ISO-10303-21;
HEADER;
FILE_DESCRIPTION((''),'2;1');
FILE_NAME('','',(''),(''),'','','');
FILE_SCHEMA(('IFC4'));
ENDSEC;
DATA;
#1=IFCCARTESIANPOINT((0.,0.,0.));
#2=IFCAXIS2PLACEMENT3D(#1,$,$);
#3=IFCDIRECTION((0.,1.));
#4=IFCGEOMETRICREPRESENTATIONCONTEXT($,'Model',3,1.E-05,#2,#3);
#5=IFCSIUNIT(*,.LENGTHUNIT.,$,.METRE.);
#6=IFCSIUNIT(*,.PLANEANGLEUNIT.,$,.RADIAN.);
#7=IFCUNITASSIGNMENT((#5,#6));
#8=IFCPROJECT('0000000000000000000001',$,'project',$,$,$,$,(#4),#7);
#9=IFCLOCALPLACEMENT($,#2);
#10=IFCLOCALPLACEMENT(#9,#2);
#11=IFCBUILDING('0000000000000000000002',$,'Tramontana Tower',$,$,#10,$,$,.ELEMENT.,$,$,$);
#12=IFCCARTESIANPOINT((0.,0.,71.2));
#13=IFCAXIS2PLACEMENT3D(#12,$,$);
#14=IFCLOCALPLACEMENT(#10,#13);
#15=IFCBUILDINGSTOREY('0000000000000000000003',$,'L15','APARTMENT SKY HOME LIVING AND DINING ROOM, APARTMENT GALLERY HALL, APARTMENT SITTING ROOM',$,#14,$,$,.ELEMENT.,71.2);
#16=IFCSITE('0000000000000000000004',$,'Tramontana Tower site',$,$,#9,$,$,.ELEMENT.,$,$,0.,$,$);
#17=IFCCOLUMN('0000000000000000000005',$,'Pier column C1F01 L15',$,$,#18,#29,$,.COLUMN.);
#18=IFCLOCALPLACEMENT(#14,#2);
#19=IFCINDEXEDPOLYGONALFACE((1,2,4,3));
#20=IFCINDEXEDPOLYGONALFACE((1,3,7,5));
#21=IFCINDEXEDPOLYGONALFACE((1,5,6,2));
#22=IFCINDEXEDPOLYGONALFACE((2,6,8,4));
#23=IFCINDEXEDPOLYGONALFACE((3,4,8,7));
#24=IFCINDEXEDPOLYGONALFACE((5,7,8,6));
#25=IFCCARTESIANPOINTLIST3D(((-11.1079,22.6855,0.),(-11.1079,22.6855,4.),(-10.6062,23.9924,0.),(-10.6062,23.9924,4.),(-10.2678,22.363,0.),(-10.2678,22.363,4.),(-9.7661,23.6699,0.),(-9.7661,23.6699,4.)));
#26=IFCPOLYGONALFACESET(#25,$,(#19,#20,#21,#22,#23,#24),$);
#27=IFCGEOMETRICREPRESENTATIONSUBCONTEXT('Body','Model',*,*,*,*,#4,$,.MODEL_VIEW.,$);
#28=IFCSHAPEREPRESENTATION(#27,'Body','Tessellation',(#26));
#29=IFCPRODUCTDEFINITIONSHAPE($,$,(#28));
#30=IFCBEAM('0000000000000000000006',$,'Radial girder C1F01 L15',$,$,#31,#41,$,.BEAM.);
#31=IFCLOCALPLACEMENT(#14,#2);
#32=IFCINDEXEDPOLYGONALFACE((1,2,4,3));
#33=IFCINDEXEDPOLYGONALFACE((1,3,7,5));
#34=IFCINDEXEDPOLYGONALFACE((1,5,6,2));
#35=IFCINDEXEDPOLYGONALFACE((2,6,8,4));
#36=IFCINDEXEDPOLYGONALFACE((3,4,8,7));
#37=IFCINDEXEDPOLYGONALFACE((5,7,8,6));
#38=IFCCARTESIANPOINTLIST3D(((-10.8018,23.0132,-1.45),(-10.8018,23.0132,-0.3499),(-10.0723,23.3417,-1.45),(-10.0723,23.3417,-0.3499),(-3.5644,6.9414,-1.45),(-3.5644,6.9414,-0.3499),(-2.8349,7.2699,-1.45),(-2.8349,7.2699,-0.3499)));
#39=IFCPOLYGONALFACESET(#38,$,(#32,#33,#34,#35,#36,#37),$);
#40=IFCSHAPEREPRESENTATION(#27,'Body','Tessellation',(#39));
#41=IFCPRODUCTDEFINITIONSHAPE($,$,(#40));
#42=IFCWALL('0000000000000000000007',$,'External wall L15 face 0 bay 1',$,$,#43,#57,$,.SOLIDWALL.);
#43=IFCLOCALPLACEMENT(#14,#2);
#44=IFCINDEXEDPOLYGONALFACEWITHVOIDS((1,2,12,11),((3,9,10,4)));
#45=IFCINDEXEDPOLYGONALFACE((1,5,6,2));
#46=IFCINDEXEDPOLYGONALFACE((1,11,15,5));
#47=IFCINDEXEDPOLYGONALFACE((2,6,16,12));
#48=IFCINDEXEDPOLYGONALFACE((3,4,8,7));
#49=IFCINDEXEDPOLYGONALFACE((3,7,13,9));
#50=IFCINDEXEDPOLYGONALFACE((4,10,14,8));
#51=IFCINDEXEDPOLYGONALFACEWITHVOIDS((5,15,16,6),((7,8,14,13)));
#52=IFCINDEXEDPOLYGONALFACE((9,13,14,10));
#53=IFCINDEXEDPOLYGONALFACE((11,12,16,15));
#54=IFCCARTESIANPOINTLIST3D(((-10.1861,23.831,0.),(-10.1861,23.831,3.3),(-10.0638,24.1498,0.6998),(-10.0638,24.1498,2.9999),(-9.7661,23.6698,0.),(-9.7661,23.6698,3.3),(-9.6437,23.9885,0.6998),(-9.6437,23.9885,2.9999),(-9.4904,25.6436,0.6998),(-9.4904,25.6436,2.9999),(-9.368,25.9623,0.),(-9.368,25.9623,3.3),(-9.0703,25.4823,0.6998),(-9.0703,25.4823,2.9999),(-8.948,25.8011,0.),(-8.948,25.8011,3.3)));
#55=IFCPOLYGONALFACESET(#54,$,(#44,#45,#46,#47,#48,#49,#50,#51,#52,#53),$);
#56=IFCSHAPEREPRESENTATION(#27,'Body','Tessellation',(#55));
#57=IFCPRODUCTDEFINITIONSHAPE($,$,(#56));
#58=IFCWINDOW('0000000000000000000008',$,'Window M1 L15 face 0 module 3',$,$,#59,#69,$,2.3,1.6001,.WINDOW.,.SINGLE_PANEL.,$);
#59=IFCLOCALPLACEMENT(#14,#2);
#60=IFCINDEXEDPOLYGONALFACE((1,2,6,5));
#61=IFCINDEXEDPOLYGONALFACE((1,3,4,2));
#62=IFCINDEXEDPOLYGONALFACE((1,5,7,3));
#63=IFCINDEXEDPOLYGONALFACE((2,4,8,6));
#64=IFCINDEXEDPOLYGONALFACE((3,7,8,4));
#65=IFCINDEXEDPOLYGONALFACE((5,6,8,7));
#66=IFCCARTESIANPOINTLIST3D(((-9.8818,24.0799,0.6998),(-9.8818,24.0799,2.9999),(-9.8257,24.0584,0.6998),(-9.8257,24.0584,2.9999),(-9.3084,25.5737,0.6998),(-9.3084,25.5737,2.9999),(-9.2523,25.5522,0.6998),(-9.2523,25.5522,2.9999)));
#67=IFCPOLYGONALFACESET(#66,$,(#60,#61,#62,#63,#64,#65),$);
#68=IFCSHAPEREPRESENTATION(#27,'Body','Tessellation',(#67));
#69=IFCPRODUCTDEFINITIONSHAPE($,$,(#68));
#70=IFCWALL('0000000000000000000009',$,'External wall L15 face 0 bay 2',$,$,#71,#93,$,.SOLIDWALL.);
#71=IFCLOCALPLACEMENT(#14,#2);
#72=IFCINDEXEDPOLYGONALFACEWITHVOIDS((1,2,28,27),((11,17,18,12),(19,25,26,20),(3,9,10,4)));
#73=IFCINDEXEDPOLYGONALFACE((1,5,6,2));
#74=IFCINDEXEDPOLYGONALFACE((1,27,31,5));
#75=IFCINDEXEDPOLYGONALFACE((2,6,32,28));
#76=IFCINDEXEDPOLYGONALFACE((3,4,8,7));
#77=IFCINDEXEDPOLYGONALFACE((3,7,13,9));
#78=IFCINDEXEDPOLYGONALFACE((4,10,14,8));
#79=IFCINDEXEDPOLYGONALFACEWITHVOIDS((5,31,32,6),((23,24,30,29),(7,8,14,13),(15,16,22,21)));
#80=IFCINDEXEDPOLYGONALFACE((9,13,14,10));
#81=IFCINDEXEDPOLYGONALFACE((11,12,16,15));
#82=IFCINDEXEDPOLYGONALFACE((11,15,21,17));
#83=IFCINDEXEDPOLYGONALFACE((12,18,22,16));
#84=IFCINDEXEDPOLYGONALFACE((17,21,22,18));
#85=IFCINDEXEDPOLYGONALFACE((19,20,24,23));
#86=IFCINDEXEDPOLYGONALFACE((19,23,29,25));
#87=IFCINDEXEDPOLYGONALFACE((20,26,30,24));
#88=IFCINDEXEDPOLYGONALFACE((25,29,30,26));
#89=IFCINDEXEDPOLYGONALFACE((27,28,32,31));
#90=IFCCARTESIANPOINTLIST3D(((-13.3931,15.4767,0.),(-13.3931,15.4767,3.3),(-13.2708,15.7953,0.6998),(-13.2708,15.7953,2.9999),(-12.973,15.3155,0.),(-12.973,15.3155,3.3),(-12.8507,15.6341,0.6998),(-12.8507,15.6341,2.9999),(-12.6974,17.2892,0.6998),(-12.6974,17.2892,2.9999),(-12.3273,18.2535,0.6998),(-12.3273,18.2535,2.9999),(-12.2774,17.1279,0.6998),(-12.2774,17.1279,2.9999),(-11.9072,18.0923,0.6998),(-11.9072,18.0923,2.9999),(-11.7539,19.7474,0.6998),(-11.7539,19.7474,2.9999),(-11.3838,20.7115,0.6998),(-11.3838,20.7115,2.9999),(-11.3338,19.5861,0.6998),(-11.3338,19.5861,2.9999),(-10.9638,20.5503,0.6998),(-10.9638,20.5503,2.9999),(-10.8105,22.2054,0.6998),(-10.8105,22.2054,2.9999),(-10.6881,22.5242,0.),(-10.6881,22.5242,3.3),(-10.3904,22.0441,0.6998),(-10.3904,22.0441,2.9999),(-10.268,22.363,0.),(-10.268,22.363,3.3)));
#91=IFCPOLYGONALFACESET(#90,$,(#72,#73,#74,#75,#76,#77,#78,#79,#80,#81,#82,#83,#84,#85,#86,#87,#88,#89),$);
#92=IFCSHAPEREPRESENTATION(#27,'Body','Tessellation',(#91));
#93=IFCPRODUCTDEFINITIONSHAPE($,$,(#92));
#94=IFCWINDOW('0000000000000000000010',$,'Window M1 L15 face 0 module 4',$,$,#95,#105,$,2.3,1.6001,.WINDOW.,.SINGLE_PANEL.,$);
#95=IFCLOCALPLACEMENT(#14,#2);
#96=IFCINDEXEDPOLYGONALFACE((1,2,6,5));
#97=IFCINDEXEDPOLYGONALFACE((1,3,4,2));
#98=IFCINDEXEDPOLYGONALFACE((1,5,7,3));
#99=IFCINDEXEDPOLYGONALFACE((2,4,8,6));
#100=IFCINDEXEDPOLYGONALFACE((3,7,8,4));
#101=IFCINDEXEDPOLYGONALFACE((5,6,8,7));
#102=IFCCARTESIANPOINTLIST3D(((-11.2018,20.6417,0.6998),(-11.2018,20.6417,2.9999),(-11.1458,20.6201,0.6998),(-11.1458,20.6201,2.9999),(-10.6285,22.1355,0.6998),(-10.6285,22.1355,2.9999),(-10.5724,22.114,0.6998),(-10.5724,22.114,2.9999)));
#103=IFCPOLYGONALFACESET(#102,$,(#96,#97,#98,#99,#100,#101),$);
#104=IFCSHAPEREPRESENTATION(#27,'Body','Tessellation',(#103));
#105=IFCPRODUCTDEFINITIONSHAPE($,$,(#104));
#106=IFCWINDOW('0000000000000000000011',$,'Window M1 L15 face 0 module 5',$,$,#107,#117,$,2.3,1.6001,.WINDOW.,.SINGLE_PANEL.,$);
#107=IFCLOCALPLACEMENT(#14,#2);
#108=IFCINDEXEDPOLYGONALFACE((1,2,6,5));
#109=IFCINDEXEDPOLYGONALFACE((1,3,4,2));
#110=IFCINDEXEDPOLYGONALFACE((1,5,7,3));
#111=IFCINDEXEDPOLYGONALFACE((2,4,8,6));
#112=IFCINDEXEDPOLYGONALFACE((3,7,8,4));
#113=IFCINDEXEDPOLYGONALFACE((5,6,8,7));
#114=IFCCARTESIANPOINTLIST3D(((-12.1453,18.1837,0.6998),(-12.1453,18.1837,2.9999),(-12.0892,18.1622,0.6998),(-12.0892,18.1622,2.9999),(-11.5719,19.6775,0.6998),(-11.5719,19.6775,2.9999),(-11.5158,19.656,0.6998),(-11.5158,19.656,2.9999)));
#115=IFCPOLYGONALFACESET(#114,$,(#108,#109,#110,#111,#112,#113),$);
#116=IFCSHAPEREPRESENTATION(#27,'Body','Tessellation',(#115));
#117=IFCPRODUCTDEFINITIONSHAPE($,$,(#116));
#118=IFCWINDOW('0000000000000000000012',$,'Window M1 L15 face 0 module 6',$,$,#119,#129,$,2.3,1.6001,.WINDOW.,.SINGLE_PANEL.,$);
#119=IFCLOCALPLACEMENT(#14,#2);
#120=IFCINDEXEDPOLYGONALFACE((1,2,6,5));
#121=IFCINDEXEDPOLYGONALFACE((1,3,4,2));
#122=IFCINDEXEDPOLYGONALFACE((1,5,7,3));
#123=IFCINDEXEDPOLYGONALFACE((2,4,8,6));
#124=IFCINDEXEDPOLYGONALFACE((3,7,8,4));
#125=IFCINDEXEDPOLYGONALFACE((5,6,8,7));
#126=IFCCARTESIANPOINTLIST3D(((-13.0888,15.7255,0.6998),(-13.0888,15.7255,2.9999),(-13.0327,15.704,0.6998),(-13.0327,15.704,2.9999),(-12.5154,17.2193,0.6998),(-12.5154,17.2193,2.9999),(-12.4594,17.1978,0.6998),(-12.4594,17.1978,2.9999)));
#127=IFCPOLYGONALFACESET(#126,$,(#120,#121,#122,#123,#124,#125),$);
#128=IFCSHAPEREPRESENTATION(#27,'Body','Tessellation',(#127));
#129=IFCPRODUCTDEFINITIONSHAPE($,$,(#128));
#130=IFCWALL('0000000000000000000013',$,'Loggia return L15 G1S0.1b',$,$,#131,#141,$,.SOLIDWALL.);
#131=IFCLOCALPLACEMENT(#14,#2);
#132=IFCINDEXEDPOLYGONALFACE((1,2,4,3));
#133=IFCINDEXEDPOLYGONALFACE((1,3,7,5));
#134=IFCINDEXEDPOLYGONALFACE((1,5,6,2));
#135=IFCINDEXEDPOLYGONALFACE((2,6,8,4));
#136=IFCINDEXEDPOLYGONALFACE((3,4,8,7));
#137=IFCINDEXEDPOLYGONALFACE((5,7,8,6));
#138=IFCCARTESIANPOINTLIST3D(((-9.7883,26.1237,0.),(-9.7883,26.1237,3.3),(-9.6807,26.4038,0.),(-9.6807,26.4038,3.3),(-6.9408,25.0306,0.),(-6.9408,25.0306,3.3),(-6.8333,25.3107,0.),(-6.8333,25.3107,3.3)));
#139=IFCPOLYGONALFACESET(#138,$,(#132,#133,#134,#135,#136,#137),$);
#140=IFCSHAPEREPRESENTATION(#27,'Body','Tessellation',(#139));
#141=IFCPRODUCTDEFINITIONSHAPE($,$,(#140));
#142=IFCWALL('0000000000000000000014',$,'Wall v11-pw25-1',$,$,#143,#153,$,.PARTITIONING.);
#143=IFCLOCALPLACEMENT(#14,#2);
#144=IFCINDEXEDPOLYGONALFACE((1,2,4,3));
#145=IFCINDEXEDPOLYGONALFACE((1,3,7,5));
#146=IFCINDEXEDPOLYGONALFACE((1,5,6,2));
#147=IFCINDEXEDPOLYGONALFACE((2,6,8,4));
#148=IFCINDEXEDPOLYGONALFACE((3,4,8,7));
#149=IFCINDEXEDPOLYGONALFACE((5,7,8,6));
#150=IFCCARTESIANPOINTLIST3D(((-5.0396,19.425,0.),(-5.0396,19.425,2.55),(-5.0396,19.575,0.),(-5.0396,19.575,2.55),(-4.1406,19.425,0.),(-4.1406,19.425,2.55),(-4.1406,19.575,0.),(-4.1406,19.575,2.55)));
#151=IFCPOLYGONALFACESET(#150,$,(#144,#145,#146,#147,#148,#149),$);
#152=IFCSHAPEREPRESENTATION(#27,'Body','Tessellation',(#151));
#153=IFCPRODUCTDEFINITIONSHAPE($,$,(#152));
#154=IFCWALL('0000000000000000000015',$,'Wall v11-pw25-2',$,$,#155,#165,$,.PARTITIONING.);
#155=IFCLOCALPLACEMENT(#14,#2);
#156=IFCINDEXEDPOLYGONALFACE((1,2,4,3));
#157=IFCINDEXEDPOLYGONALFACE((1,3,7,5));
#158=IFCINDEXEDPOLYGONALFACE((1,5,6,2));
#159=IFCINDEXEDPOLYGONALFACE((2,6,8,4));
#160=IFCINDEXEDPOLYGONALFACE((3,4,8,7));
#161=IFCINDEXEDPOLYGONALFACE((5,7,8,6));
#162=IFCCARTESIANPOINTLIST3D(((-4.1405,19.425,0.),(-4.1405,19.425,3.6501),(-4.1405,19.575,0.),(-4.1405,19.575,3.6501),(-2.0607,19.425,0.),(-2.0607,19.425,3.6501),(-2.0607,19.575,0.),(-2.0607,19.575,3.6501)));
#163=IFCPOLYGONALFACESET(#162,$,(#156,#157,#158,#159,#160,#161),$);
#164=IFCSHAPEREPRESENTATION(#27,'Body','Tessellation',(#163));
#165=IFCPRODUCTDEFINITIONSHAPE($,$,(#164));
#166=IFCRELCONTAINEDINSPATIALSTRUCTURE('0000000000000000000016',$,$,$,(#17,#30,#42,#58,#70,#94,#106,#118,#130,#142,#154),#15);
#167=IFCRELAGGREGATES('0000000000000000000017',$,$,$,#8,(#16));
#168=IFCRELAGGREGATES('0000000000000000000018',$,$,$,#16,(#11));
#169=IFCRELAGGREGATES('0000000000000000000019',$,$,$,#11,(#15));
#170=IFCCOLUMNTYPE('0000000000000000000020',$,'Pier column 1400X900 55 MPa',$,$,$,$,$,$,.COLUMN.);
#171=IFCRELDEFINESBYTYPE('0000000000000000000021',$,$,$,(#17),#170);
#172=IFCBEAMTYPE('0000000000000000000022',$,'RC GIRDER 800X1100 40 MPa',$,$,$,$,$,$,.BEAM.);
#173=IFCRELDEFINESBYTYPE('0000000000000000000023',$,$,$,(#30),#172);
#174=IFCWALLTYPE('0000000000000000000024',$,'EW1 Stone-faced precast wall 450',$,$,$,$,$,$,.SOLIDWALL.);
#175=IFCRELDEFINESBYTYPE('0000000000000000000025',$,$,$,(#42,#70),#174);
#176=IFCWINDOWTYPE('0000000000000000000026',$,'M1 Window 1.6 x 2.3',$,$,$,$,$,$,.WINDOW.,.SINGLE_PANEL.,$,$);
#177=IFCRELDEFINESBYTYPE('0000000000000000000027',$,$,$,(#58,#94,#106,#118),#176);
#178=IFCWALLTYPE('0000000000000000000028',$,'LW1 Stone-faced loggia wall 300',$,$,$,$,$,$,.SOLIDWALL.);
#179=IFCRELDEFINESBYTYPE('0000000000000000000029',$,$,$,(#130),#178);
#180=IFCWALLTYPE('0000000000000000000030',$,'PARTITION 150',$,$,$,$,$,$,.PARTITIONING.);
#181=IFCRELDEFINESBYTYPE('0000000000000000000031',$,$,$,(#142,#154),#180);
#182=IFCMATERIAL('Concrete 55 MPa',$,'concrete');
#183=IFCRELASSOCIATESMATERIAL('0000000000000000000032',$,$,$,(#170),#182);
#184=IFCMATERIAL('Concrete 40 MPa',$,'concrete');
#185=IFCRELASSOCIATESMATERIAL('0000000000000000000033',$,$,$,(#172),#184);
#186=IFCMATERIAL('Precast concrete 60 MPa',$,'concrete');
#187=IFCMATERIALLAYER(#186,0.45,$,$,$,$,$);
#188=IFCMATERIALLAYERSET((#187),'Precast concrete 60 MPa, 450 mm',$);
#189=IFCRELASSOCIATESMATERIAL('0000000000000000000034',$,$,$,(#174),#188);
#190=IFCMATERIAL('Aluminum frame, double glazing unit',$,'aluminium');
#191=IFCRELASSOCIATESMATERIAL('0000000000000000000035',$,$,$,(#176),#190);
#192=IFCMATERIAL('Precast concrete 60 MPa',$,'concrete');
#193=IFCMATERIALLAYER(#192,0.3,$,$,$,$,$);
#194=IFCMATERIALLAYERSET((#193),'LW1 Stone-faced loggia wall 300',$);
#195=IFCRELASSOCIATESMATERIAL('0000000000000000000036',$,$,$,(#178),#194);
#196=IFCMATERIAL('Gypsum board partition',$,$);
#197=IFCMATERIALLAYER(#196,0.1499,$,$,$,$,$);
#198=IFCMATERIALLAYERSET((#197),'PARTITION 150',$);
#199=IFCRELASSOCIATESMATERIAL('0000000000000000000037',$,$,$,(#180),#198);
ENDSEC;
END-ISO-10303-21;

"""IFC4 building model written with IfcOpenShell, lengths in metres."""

from ifc_helpers import new_model, si_unit, direction, frame, frame_2d, origin, origin_2d, place, context, subcontext, project, spatial, rectangle, extrude, material, layer, layer_set, material_profile, profile_set, type_object, element, fill, save


model = new_model("IFC4")

# Units and contexts
model_context = context("Model", 3, precision=1e-05, world=origin(), true_north=direction((0.0, 1.0)))
body_context = subcontext(model_context, "Body", "Model", "MODEL_VIEW")
ifc_project = project(units=[si_unit("LENGTHUNIT", "METRE"), si_unit("PLANEANGLEUNIT", "RADIAN")], contexts=[model_context])

# Site, building, storey
site_placement = place(None, origin())
site = spatial("IfcSite", under=ifc_project, at=site_placement, Name="Tramontana Tower site", CompositionType="ELEMENT", RefElevation=0.0)
building_placement = place(site_placement, origin())
building = spatial("IfcBuilding", under=site, at=building_placement, Name="Tramontana Tower", CompositionType="ELEMENT")
storey_placement = place(building_placement, frame((0.0, 0.0, 71.2)))
storey = spatial("IfcBuildingStorey", under=building, at=storey_placement, Name="L15", Description="APARTMENT SKY HOME LIVING AND DINING ROOM, APARTMENT GALLERY HALL, APARTMENT SITTING ROOM", CompositionType="ELEMENT", Elevation=71.2)

# Column
ifc_material_1 = material(Name="Concrete 55 MPa", Category="concrete")
ifc_material_profile_1 = material_profile(ifc_material_1, rectangle(XDim=1.3999, YDim=0.8999, at=origin_2d()), Name="Pier column 1400X900 55 MPa")
ifc_profile_set_1 = profile_set([ifc_material_profile_1], Name="Concrete 55 MPa")
column_type = type_object("IfcColumnType", Name="Pier column 1400X900 55 MPa", PredefinedType="COLUMN", material=ifc_profile_set_1)
column_placement = place(storey_placement, frame((-10.437, 23.1777, 0.0), z_axis=(0.0, 0.0, 1.0), x_axis=(-0.358368, -0.93358, 0.0)))
element("IfcColumn", 1, at=column_placement, inside=storey, type_object=column_type, Name="Pier column C1F01 L15", PredefinedType="COLUMN", context=body_context, shape_type="SweptSolid", body=[
    extrude(rectangle(XDim=1.3999, YDim=0.8999, at=origin_2d()), origin(), (0.0, 0.0, 1.0), 4.0),
])

# Beam
ifc_material_2 = material(Name="Concrete 40 MPa", Category="concrete")
ifc_material_profile_2 = material_profile(ifc_material_2, rectangle(XDim=0.8, YDim=1.1001, at=origin_2d()), Name="RC GIRDER 800X1100 40 MPa")
ifc_profile_set_2 = profile_set([ifc_material_profile_2], Name="Concrete 40 MPa")
beam_type = type_object("IfcBeamType", Name="RC GIRDER 800X1100 40 MPa", PredefinedType="BEAM", material=ifc_profile_set_2)
beam_placement = place(storey_placement, frame((-10.437, 23.1775, -0.8999), z_axis=(0.410601, -0.911815, 0.0), x_axis=(0.911815, 0.410601, 0.0)))
element("IfcBeam", 2, at=beam_placement, inside=storey, type_object=beam_type, Name="Radial girder C1F01 L15", PredefinedType="BEAM", context=body_context, shape_type="SweptSolid", body=[
    extrude(rectangle(XDim=0.8, YDim=1.1001, at=origin_2d()), origin(), (0.0, 0.0, 1.0), 17.6262),
])

# Wall, opening, window
ifc_material_3 = material(Name="Precast concrete 60 MPa", Category="concrete")
ifc_layer_1 = layer(ifc_material_3, 0.45)
ifc_layer_set_1 = layer_set([ifc_layer_1], Name="Precast concrete 60 MPa, 450 mm")
wall_type_1 = type_object("IfcWallType", Name="EW1 Stone-faced precast wall 450", PredefinedType="SOLIDWALL", material=ifc_layer_set_1)
wall_1_placement = place(storey_placement, frame((-9.158, 25.8818, 0.0), z_axis=(0.0, 0.0, 1.0), x_axis=(-0.358356, -0.933585, 0.0)))
wall_1 = element("IfcWall", 3, at=wall_1_placement, inside=storey, type_object=wall_type_1, Name="External wall L15 face 0 bay 1", PredefinedType="SOLIDWALL", context=body_context, shape_type="SweptSolid", body=[
    extrude(rectangle(XDim=2.283, YDim=0.45, at=frame_2d((1.1416, 0.0))), origin(), (0.0, 0.0, 1.0), 3.3),
])
opening_1_placement = place(wall_1_placement, frame((0.3416, 0.0, 0.7)))
opening_1 = element("IfcOpeningElement", 4, at=opening_1_placement, cuts=wall_1, PredefinedType="OPENING", context=body_context, shape_type="SweptSolid", body=[
    extrude(rectangle(XDim=1.6001, YDim=2.3, at=frame_2d((0.8, 1.1499))), frame((0.0, 0.2349, 0.0), z_axis=(0.0, -1.0, 0.0), x_axis=(1.0, 0.0, 0.0)), (0.0, 0.0, 1.0), 0.47),
])
ifc_material_4 = material(Name="Aluminum frame, double glazing unit", Category="aluminium")
window_type = type_object("IfcWindowType", Name="M1 Window 1.6 x 2.3", PartitioningType="SINGLE_PANEL", PredefinedType="WINDOW", material=ifc_material_4)
window_1_placement = place(opening_1_placement, origin())
window_1 = element("IfcWindow", 5, at=window_1_placement, inside=storey, type_object=window_type, Name="Window M1 L15 face 0 module 3", OverallHeight=2.3, OverallWidth=1.6001, PartitioningType="SINGLE_PANEL", PredefinedType="WINDOW", context=body_context, shape_type="SweptSolid", body=[
    extrude(rectangle(XDim=1.6001, YDim=2.3, at=frame_2d((0.8, 1.1499))), frame((0.0, 0.03, 0.0), z_axis=(0.0, -1.0, 0.0), x_axis=(1.0, 0.0, 0.0)), (0.0, 0.0, 1.0), 0.0601),
])
fill(opening_1, window_1)

# Wall, openings, windows
wall_2_placement = place(storey_placement, frame((-10.478, 22.4436, 0.0), z_axis=(0.0, 0.0, 1.0), x_axis=(-0.35834, -0.933591, 0.0)))
wall_2 = element("IfcWall", 6, at=wall_2_placement, inside=storey, type_object=wall_type_1, Name="External wall L15 face 0 bay 2", PredefinedType="SOLIDWALL", context=body_context, shape_type="SweptSolid", body=[
    extrude(rectangle(XDim=7.5488, YDim=0.45, at=frame_2d((3.7744, 0.0))), origin(), (0.0, 0.0, 1.0), 3.3),
])
opening_2_placement = place(wall_2_placement, frame((0.3416, 0.0, 0.7)))
opening_2 = element("IfcOpeningElement", 7, at=opening_2_placement, cuts=wall_2, PredefinedType="OPENING", context=body_context, shape_type="SweptSolid", body=[
    extrude(rectangle(XDim=1.6001, YDim=2.3, at=frame_2d((0.8, 1.1499))), frame((0.0, 0.2349, 0.0), z_axis=(0.0, -1.0, 0.0), x_axis=(1.0, 0.0, 0.0)), (0.0, 0.0, 1.0), 0.47),
])
opening_3_placement = place(wall_2_placement, frame((2.9744, 0.0, 0.7)))
opening_3 = element("IfcOpeningElement", 8, at=opening_3_placement, cuts=wall_2, PredefinedType="OPENING", context=body_context, shape_type="SweptSolid", body=[
    extrude(rectangle(XDim=1.6001, YDim=2.3, at=frame_2d((0.8, 1.1499))), frame((0.0, 0.2349, 0.0), z_axis=(0.0, -1.0, 0.0), x_axis=(1.0, 0.0, 0.0)), (0.0, 0.0, 1.0), 0.47),
])
opening_4_placement = place(wall_2_placement, frame((5.6074, 0.0, 0.7)))
opening_4 = element("IfcOpeningElement", 9, at=opening_4_placement, cuts=wall_2, PredefinedType="OPENING", context=body_context, shape_type="SweptSolid", body=[
    extrude(rectangle(XDim=1.6001, YDim=2.3, at=frame_2d((0.8, 1.1499))), frame((0.0, 0.2349, 0.0), z_axis=(0.0, -1.0, 0.0), x_axis=(1.0, 0.0, 0.0)), (0.0, 0.0, 1.0), 0.47),
])
window_2_placement = place(opening_2_placement, origin())
window_2 = element("IfcWindow", 10, at=window_2_placement, inside=storey, type_object=window_type, Name="Window M1 L15 face 0 module 4", OverallHeight=2.3, OverallWidth=1.6001, PartitioningType="SINGLE_PANEL", PredefinedType="WINDOW", context=body_context, shape_type="SweptSolid", body=[
    extrude(rectangle(XDim=1.6001, YDim=2.3, at=frame_2d((0.8, 1.1499))), frame((0.0, 0.03, 0.0), z_axis=(0.0, -1.0, 0.0), x_axis=(1.0, 0.0, 0.0)), (0.0, 0.0, 1.0), 0.0601),
])
fill(opening_2, window_2)
window_3_placement = place(opening_3_placement, origin())
window_3 = element("IfcWindow", 11, at=window_3_placement, inside=storey, type_object=window_type, Name="Window M1 L15 face 0 module 5", OverallHeight=2.3, OverallWidth=1.6001, PartitioningType="SINGLE_PANEL", PredefinedType="WINDOW", context=body_context, shape_type="SweptSolid", body=[
    extrude(rectangle(XDim=1.6001, YDim=2.3, at=frame_2d((0.8, 1.1499))), frame((0.0, 0.03, 0.0), z_axis=(0.0, -1.0, 0.0), x_axis=(1.0, 0.0, 0.0)), (0.0, 0.0, 1.0), 0.0601),
])
fill(opening_3, window_3)
window_4_placement = place(opening_4_placement, origin())
window_4 = element("IfcWindow", 12, at=window_4_placement, inside=storey, type_object=window_type, Name="Window M1 L15 face 0 module 6", OverallHeight=2.3, OverallWidth=1.6001, PartitioningType="SINGLE_PANEL", PredefinedType="WINDOW", context=body_context, shape_type="SweptSolid", body=[
    extrude(rectangle(XDim=1.6001, YDim=2.3, at=frame_2d((0.8, 1.1499))), frame((0.0, 0.03, 0.0), z_axis=(0.0, -1.0, 0.0), x_axis=(1.0, 0.0, 0.0)), (0.0, 0.0, 1.0), 0.0601),
])
fill(opening_4, window_4)

# Shared definitions
ifc_material_5 = material(Name="Precast concrete 60 MPa", Category="concrete")
ifc_layer_2 = layer(ifc_material_5, 0.3)
ifc_layer_set_2 = layer_set([ifc_layer_2], Name="LW1 Stone-faced loggia wall 300")
wall_type_2 = type_object("IfcWallType", Name="LW1 Stone-faced loggia wall 300", PredefinedType="SOLIDWALL", material=ifc_layer_set_2)

# Wall
wall_3_placement = place(storey_placement, frame((-9.7344, 26.2637, 0.0), z_axis=(0.0, 0.0, 1.0), x_axis=(0.933581, -0.358368, 0.0)))
element("IfcWall", 13, at=wall_3_placement, inside=storey, type_object=wall_type_2, Name="Loggia return L15 G1S0.1b", PredefinedType="SOLIDWALL", context=body_context, shape_type="SweptSolid", body=[
    extrude(rectangle(XDim=3.05, YDim=0.3, at=frame_2d((1.5249, 0.0))), origin(), (0.0, 0.0, 1.0), 3.3),
])

# Shared definitions
ifc_material_6 = material(Name="Gypsum board partition")
ifc_layer_3 = layer(ifc_material_6, 0.1499)
ifc_layer_set_3 = layer_set([ifc_layer_3], Name="PARTITION 150")
wall_type_3 = type_object("IfcWallType", Name="PARTITION 150", PredefinedType="PARTITIONING", material=ifc_layer_set_3)

# Walls
wall_4_placement = place(storey_placement, frame((-5.0396, 19.5, 0.0), z_axis=(0.0, 0.0, 1.0), x_axis=(1.0, 0.0, 0.0)))
element("IfcWall", 14, at=wall_4_placement, inside=storey, type_object=wall_type_3, Name="Wall v11-pw25-1", PredefinedType="PARTITIONING", context=body_context, shape_type="SweptSolid", body=[
    extrude(rectangle(XDim=0.8989, YDim=0.1499, at=frame_2d((0.4495, 0.0))), origin(), (0.0, 0.0, 1.0), 2.55),
])
wall_5_placement = place(storey_placement, frame((-4.1406, 19.5, 0.0), z_axis=(0.0, 0.0, 1.0), x_axis=(1.0, 0.0, 0.0)))
element("IfcWall", 15, at=wall_5_placement, inside=storey, type_object=wall_type_3, Name="Wall v11-pw25-2", PredefinedType="PARTITIONING", context=body_context, shape_type="SweptSolid", body=[
    extrude(rectangle(XDim=2.0798, YDim=0.1499, at=frame_2d((1.04, 0.0))), origin(), (0.0, 0.0, 1.0), 3.6501),
])

save(model, "model.ifc")
